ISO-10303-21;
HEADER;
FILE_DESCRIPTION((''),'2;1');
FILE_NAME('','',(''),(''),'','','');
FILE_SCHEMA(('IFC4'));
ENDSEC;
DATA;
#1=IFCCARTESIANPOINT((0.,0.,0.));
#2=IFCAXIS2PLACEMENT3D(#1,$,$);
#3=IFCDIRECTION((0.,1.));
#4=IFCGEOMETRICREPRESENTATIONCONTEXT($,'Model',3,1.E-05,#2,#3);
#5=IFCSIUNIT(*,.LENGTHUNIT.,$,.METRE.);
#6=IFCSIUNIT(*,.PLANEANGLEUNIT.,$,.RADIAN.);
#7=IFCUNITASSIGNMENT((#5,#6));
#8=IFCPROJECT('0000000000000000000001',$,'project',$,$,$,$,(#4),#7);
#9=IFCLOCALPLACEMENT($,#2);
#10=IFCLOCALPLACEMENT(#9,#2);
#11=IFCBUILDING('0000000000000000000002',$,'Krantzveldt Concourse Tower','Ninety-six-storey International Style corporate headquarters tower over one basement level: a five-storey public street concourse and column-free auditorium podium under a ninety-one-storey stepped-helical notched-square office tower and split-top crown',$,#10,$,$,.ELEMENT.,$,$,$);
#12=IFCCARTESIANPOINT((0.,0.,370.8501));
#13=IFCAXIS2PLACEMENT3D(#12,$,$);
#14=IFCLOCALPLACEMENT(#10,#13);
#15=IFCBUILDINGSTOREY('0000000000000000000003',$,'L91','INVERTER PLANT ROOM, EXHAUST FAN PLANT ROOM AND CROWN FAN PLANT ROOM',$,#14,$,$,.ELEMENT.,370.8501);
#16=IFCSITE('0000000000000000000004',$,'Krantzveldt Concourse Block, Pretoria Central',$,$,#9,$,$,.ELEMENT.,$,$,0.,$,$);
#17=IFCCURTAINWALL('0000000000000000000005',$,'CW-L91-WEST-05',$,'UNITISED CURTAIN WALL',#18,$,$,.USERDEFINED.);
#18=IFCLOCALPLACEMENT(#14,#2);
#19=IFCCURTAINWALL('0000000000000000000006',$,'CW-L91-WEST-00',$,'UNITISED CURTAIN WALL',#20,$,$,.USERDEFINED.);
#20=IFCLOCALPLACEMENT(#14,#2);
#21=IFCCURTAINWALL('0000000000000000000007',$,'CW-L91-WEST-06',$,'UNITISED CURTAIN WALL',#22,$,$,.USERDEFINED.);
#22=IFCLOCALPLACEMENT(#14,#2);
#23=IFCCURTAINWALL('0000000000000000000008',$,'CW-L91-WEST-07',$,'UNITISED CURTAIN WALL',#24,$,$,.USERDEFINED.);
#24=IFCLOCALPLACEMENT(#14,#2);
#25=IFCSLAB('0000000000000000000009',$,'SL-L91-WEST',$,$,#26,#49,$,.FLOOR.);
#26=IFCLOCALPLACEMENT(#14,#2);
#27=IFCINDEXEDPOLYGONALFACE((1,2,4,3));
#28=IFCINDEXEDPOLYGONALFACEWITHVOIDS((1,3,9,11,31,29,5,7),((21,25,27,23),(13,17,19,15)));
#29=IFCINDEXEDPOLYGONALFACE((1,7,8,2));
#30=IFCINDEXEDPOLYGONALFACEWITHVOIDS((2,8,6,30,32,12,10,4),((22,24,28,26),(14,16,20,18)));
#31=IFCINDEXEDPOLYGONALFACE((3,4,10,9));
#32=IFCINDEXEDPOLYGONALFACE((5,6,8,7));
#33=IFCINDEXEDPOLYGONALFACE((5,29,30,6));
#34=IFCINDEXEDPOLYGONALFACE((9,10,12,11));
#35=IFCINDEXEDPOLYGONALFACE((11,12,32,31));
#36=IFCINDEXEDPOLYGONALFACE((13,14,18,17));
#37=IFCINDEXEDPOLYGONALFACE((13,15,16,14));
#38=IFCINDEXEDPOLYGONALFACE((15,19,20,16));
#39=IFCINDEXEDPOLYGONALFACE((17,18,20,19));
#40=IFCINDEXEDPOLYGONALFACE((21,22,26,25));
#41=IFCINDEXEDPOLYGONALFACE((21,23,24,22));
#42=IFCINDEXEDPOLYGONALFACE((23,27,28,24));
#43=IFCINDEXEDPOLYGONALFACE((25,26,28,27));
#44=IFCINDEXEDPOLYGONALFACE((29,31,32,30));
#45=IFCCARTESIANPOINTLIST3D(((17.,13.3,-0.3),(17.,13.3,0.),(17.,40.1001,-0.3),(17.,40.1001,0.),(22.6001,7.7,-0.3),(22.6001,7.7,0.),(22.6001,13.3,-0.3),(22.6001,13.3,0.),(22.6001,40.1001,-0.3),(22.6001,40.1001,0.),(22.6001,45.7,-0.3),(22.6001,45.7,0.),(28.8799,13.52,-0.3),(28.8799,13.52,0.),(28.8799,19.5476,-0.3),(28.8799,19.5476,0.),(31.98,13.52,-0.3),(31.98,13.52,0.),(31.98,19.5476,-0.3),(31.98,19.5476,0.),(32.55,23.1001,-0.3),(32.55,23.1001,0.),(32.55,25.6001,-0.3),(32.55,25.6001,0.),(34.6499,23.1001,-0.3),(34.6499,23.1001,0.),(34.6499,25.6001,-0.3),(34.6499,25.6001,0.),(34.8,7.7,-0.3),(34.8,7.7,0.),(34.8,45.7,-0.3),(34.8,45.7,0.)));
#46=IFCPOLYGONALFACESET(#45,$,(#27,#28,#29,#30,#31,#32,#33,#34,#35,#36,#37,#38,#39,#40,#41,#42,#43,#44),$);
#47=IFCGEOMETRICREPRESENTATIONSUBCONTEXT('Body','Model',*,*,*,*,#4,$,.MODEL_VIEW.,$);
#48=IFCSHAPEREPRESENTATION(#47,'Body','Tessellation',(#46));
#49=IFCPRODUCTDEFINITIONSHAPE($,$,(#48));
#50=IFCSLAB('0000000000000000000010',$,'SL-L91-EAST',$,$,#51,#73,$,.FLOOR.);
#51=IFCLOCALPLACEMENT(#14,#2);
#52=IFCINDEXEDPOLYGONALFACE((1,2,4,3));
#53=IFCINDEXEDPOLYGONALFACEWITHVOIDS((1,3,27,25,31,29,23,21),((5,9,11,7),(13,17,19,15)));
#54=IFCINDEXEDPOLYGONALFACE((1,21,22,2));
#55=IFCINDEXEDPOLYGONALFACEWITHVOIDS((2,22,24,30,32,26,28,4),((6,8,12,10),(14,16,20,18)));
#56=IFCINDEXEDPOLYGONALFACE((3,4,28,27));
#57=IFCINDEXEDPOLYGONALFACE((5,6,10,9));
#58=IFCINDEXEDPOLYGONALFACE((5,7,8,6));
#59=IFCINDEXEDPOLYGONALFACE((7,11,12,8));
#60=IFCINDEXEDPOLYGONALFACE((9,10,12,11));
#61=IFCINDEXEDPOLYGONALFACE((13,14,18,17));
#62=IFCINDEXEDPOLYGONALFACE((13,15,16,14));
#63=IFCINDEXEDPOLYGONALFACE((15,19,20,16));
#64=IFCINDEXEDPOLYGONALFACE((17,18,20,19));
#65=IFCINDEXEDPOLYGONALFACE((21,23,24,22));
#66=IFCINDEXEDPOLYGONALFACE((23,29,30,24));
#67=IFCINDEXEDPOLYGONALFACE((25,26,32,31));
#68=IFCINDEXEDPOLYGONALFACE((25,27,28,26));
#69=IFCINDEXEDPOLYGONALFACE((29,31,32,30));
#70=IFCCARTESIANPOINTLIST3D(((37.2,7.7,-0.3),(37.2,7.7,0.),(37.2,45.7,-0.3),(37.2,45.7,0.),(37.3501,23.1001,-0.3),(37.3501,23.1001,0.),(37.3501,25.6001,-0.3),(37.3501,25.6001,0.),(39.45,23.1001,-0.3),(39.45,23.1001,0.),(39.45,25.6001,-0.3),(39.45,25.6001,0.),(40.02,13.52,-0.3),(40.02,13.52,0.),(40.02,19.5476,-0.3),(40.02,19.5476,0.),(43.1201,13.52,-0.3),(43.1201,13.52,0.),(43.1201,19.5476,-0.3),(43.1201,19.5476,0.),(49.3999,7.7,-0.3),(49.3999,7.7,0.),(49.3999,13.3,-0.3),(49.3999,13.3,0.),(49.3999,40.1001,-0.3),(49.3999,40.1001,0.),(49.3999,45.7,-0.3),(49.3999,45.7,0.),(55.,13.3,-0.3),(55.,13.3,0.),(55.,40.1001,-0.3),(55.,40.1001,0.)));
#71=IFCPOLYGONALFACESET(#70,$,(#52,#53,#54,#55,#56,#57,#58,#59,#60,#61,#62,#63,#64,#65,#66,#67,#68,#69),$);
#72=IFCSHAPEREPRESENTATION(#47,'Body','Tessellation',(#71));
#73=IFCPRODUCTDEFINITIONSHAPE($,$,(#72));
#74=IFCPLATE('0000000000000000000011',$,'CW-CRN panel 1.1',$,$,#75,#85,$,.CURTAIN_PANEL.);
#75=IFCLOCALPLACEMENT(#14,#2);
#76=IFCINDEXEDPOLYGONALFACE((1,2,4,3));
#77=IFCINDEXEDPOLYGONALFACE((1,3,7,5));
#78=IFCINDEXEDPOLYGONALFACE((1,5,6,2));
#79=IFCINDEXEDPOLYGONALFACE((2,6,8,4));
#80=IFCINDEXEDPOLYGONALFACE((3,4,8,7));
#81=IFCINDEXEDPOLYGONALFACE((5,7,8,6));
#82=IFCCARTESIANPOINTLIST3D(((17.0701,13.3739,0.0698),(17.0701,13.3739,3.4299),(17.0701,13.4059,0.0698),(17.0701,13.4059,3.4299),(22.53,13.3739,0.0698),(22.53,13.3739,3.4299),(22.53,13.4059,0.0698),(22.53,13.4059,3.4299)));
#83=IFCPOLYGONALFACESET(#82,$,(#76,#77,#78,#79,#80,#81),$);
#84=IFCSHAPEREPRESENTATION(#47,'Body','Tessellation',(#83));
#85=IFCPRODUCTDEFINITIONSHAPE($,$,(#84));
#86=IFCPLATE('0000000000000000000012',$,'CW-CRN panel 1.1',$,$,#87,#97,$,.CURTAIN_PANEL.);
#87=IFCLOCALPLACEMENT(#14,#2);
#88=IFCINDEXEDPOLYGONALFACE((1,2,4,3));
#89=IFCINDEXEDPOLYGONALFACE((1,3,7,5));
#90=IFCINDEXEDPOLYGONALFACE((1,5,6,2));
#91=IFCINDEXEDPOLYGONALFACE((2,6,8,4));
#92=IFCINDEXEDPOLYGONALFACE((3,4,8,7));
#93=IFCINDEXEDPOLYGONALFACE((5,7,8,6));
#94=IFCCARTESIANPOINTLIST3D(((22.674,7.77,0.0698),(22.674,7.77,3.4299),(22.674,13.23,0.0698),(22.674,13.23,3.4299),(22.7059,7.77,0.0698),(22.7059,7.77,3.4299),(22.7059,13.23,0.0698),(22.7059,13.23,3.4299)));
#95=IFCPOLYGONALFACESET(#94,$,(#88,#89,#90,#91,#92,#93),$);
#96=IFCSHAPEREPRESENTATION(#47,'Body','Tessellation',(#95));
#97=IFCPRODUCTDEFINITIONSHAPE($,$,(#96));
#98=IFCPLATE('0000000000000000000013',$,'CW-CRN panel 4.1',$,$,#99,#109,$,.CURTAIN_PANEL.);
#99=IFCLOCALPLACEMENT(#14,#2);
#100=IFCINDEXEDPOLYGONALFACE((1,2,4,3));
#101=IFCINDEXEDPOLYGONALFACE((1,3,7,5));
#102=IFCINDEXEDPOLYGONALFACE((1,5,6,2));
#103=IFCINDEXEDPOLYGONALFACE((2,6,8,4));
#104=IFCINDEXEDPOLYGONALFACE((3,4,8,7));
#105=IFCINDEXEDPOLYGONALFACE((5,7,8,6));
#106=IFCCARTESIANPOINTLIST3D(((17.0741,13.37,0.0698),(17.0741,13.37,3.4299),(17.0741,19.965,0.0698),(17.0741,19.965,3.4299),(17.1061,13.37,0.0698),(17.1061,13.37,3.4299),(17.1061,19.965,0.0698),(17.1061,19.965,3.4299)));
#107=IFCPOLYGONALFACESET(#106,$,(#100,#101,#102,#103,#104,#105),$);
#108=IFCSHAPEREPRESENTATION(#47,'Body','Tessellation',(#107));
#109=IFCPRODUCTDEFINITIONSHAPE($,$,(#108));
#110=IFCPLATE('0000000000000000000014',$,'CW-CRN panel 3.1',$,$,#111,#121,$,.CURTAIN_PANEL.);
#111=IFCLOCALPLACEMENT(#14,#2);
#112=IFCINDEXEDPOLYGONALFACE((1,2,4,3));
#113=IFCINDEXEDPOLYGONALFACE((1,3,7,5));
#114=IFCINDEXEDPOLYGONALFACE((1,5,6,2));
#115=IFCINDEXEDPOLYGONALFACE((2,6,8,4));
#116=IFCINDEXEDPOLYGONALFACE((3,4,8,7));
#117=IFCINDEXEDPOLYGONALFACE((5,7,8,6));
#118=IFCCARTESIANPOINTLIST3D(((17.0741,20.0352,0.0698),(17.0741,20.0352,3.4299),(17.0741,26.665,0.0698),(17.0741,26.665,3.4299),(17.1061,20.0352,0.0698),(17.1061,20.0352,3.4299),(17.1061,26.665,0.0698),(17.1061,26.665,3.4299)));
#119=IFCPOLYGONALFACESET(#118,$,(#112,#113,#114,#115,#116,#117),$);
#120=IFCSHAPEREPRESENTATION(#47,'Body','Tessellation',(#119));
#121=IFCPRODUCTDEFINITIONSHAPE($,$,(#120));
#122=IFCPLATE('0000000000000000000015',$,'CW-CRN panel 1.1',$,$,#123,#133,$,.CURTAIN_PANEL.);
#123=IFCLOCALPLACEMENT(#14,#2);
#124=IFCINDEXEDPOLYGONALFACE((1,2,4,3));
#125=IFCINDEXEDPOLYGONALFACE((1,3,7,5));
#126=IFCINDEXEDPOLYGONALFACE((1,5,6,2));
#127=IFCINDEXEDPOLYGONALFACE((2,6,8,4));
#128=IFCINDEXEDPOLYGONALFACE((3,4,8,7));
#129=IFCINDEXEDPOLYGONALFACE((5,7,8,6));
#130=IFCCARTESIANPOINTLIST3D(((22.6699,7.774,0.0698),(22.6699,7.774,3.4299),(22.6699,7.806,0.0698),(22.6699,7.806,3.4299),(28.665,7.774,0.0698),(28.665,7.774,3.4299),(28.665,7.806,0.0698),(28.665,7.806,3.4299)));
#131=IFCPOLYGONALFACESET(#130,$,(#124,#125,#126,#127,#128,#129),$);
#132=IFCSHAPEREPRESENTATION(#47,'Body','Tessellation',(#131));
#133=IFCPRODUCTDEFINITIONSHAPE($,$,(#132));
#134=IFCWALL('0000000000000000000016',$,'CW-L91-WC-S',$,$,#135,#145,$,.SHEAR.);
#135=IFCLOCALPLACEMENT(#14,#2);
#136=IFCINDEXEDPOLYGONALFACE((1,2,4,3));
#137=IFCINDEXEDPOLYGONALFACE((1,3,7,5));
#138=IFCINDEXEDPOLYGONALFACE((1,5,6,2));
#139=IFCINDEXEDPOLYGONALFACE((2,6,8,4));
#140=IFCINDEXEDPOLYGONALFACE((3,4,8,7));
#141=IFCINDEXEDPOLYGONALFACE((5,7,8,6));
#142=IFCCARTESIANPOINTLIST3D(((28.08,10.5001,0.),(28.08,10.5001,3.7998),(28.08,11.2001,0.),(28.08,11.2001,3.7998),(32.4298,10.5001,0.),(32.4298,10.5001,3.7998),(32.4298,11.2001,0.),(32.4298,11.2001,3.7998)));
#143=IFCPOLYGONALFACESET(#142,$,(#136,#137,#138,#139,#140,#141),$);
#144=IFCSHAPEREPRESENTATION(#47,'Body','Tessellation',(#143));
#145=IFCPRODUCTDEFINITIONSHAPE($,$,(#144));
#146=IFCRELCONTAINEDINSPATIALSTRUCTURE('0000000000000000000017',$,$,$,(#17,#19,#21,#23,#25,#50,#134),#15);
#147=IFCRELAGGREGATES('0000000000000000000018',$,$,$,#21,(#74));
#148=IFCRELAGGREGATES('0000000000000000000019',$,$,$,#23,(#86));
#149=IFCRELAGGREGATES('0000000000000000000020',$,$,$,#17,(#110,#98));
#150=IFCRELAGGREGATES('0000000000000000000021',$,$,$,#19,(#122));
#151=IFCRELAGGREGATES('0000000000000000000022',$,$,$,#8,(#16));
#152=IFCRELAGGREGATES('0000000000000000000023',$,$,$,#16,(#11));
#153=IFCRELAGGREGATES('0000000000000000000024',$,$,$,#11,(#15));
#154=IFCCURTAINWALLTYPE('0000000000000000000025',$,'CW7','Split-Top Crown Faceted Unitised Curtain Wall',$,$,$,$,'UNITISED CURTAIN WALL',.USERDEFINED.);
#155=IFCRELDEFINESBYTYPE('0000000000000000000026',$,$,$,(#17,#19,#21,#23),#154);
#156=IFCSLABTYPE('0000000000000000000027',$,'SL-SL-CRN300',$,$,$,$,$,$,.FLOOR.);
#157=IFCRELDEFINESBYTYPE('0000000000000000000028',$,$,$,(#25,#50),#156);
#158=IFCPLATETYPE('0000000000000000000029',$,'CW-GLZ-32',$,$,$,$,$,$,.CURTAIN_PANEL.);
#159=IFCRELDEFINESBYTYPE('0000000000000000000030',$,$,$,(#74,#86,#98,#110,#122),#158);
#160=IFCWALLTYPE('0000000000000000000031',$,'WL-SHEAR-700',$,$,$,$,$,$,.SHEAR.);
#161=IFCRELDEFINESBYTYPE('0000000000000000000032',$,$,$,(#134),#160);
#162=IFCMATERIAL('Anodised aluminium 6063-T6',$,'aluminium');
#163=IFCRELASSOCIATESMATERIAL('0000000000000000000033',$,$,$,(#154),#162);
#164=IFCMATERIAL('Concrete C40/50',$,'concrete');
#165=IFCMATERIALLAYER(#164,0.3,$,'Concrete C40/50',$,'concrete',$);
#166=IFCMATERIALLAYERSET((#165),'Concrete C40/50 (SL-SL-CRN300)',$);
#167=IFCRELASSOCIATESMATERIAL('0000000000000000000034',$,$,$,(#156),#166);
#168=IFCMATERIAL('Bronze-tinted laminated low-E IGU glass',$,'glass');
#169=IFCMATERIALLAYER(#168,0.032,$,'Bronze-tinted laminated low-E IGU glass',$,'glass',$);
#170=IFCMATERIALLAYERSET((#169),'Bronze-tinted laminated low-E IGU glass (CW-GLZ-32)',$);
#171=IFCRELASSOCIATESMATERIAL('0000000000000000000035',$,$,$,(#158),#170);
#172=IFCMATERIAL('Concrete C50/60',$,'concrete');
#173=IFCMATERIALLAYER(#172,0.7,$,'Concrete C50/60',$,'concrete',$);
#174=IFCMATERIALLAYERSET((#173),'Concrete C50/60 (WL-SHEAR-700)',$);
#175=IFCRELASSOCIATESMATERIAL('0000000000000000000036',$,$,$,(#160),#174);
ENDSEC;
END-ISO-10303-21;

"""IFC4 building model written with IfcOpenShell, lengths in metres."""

from ifc_helpers import new_model, si_unit, direction, frame, frame_2d, origin, origin_2d, place, context, subcontext, project, spatial, polyline, rectangle, outline, extrude, source, transform, mapped, material, layer, layer_set, type_object, type_shapes, element, aggregate, save


model = new_model("IFC4")

# Units and contexts
model_context = context("Model", 3, precision=1e-05, world=origin(), true_north=direction((0.0, 1.0)))
body_context = subcontext(model_context, "Body", "Model", "MODEL_VIEW")
ifc_project = project(units=[si_unit("LENGTHUNIT", "METRE"), si_unit("PLANEANGLEUNIT", "RADIAN")], contexts=[model_context])

# Site, building, storey
site_placement = place(None, origin())
site = spatial("IfcSite", under=ifc_project, at=site_placement, Name="Krantzveldt Concourse Block, Pretoria Central", CompositionType="ELEMENT", RefElevation=0.0)
building_placement = place(site_placement, origin())
building = spatial("IfcBuilding", under=site, at=building_placement, Name="Krantzveldt Concourse Tower", Description="Ninety-six-storey International Style corporate headquarters tower over one basement level: a five-storey public street concourse and column-free auditorium podium under a ninety-one-storey stepped-helical notched-square office tower and split-top crown", CompositionType="ELEMENT")
storey_placement = place(building_placement, frame((0.0, 0.0, 370.8501)))
storey = spatial("IfcBuildingStorey", under=building, at=storey_placement, Name="L91", Description="INVERTER PLANT ROOM, EXHAUST FAN PLANT ROOM AND CROWN FAN PLANT ROOM", CompositionType="ELEMENT", Elevation=370.8501)

# Shared definitions
ifc_material_1 = material(Name="Concrete C50/60", Category="concrete")

# Curtain wall
ifc_material_2 = material(Name="Anodised aluminium 6063-T6", Category="aluminium")
curtain_wall_type = type_object("IfcCurtainWallType", Name="CW7", Description="Split-Top Crown Faceted Unitised Curtain Wall", ElementType="UNITISED CURTAIN WALL", PredefinedType="USERDEFINED", material=ifc_material_2)
curtain_wall_1_placement = place(storey_placement, origin())
curtain_wall_1 = element("IfcCurtainWall", 1, at=curtain_wall_1_placement, inside=storey, type_object=curtain_wall_type, Name="CW-L91-WEST-05", ObjectType="UNITISED CURTAIN WALL", PredefinedType="USERDEFINED")

# Curtain wall
curtain_wall_2_placement = place(storey_placement, origin())
curtain_wall_2 = element("IfcCurtainWall", 2, at=curtain_wall_2_placement, inside=storey, type_object=curtain_wall_type, Name="CW-L91-WEST-00", ObjectType="UNITISED CURTAIN WALL", PredefinedType="USERDEFINED")

# Curtain walls
curtain_wall_3_placement = place(storey_placement, origin())
curtain_wall_3 = element("IfcCurtainWall", 3, at=curtain_wall_3_placement, inside=storey, type_object=curtain_wall_type, Name="CW-L91-WEST-06", ObjectType="UNITISED CURTAIN WALL", PredefinedType="USERDEFINED")
curtain_wall_4_placement = place(storey_placement, origin())
curtain_wall_4 = element("IfcCurtainWall", 4, at=curtain_wall_4_placement, inside=storey, type_object=curtain_wall_type, Name="CW-L91-WEST-07", ObjectType="UNITISED CURTAIN WALL", PredefinedType="USERDEFINED")

# Slabs
ifc_material_3 = material(Name="Concrete C40/50", Category="concrete")
ifc_layer_1 = layer(ifc_material_3, 0.3, Name="Concrete C40/50", Category="concrete")
ifc_layer_set_1 = layer_set([ifc_layer_1], Name="Concrete C40/50 (SL-SL-CRN300)")
slab_type_1 = type_object("IfcSlabType", Name="SL-SL-CRN300", PredefinedType="FLOOR", material=ifc_layer_set_1)
slab_1_placement = place(storey_placement, frame((0.0, 0.0, -0.3)))
element("IfcSlab", 5, at=slab_1_placement, inside=storey, type_object=slab_type_1, Name="SL-L91-WEST", PredefinedType="FLOOR", context=body_context, shape_type="SweptSolid", body=[
    extrude(outline(polyline([(22.6001, 7.7), (34.8, 7.7), (34.8, 45.7), (22.6001, 45.7), (22.6001, 40.1001), (17.0, 40.1001), (17.0, 13.3), (22.6001, 13.3), (22.6001, 7.7)]), holes=[polyline([(28.8799, 19.5476), (28.8799, 13.52), (31.98, 13.52), (31.98, 19.5476), (28.8799, 19.5476)]), polyline([(32.55, 23.1001), (34.6499, 23.1001), (34.6499, 25.6001), (32.55, 25.6001), (32.55, 23.1001)])]), origin(), (0.0, 0.0, 1.0), 0.3),
])
slab_2_placement = place(storey_placement, frame((0.0, 0.0, -0.3)))
element("IfcSlab", 6, at=slab_2_placement, inside=storey, type_object=slab_type_1, Name="SL-L91-EAST", PredefinedType="FLOOR", context=body_context, shape_type="SweptSolid", body=[
    extrude(outline(polyline([(37.2, 7.7), (49.3999, 7.7), (49.3999, 13.3), (55.0, 13.3), (55.0, 40.1001), (49.3999, 40.1001), (49.3999, 45.7), (37.2, 45.7), (37.2, 7.7)]), holes=[polyline([(40.02, 19.5476), (40.02, 13.52), (43.1201, 13.52), (43.1201, 19.5476), (40.02, 19.5476)]), polyline([(37.3501, 23.1001), (39.45, 23.1001), (39.45, 25.6001), (37.3501, 25.6001), (37.3501, 23.1001)])]), origin(), (0.0, 0.0, 1.0), 0.3),
])

# Plates
ifc_material_4 = material(Name="Bronze-tinted laminated low-E IGU glass", Category="glass")
ifc_layer_2 = layer(ifc_material_4, 0.032, Name="Bronze-tinted laminated low-E IGU glass", Category="glass")
ifc_layer_set_2 = layer_set([ifc_layer_2], Name="Bronze-tinted laminated low-E IGU glass (CW-GLZ-32)")
plate_type = type_object("IfcPlateType", Name="CW-GLZ-32", PredefinedType="CURTAIN_PANEL", material=ifc_layer_set_2)
shared_shape_1 = source(origin(), body_context, "Body", "SweptSolid", [
    extrude(rectangle(XDim=5.46, YDim=0.032, at=origin_2d()), origin(), (0.0, 0.0, 1.0), 3.3601),
])
plate_1_placement = place(storey_placement, frame((19.8, 13.3899, 0.0698), z_axis=(0.0, 0.0, 1.0), x_axis=(1.0, 0.0, 0.0)))
plate_1 = element("IfcPlate", 7, at=plate_1_placement, type_object=plate_type, Name="CW-CRN panel 1.1", PredefinedType="CURTAIN_PANEL", context=body_context, shape_type="MappedRepresentation", body=[
    mapped(shared_shape_1, transform((0.0, 0.0, 0.0), x_axis=(1.0, 0.0, 0.0), y_axis=(0.0, 1.0, 0.0), z_axis=(0.0, 0.0, 1.0), scale=1.0)),
])
aggregate(curtain_wall_3, [plate_1])
plate_2_placement = place(storey_placement, frame((22.6899, 10.5, 0.0698), z_axis=(0.0, 0.0, 1.0), x_axis=(0.0, -1.0, 0.0)))
plate_2 = element("IfcPlate", 8, at=plate_2_placement, type_object=plate_type, Name="CW-CRN panel 1.1", PredefinedType="CURTAIN_PANEL", context=body_context, shape_type="MappedRepresentation", body=[
    mapped(shared_shape_1, transform((0.0, 0.0, 0.0), x_axis=(1.0, 0.0, 0.0), y_axis=(0.0, 1.0, 0.0), z_axis=(0.0, 0.0, 1.0), scale=1.0)),
])
aggregate(curtain_wall_4, [plate_2])
shared_shape_2 = source(origin(), body_context, "Body", "SweptSolid", [
    extrude(rectangle(XDim=6.595, YDim=0.032, at=origin_2d()), origin(), (0.0, 0.0, 1.0), 3.3601),
])
plate_3_placement = place(storey_placement, frame((17.0901, 16.6675, 0.0698), z_axis=(0.0, 0.0, 1.0), x_axis=(0.0, -1.0, 0.0)))
plate_3 = element("IfcPlate", 9, at=plate_3_placement, type_object=plate_type, Name="CW-CRN panel 4.1", PredefinedType="CURTAIN_PANEL", context=body_context, shape_type="MappedRepresentation", body=[
    mapped(shared_shape_2, transform((0.0, 0.0, 0.0), x_axis=(1.0, 0.0, 0.0), y_axis=(0.0, 1.0, 0.0), z_axis=(0.0, 0.0, 1.0), scale=1.0)),
])
shared_shape_3 = source(origin(), body_context, "Body", "SweptSolid", [
    extrude(rectangle(XDim=6.6299, YDim=0.032, at=origin_2d()), origin(), (0.0, 0.0, 1.0), 3.3601),
])
plate_4_placement = place(storey_placement, frame((17.0901, 23.3501, 0.0698), z_axis=(0.0, 0.0, 1.0), x_axis=(0.0, -1.0, 0.0)))
plate_4 = element("IfcPlate", 10, at=plate_4_placement, type_object=plate_type, Name="CW-CRN panel 3.1", PredefinedType="CURTAIN_PANEL", context=body_context, shape_type="MappedRepresentation", body=[
    mapped(shared_shape_3, transform((0.0, 0.0, 0.0), x_axis=(1.0, 0.0, 0.0), y_axis=(0.0, 1.0, 0.0), z_axis=(0.0, 0.0, 1.0), scale=1.0)),
])
aggregate(curtain_wall_1, [plate_4, plate_3])
shared_shape_4 = source(origin(), body_context, "Body", "SweptSolid", [
    extrude(rectangle(XDim=5.9951, YDim=0.032, at=origin_2d()), origin(), (0.0, 0.0, 1.0), 3.3601),
])
type_shapes(plate_type, [shared_shape_1, shared_shape_2, shared_shape_3, shared_shape_4])
plate_5_placement = place(storey_placement, frame((25.6675, 7.79, 0.0698), z_axis=(0.0, 0.0, 1.0), x_axis=(1.0, 0.0, 0.0)))
plate_5 = element("IfcPlate", 11, at=plate_5_placement, type_object=plate_type, Name="CW-CRN panel 1.1", PredefinedType="CURTAIN_PANEL", context=body_context, shape_type="MappedRepresentation", body=[
    mapped(shared_shape_4, transform((0.0, 0.0, 0.0), x_axis=(1.0, 0.0, 0.0), y_axis=(0.0, 1.0, 0.0), z_axis=(0.0, 0.0, 1.0), scale=1.0)),
])
aggregate(curtain_wall_2, [plate_5])

# Wall
ifc_layer_3 = layer(ifc_material_1, 0.7, Name="Concrete C50/60", Category="concrete")
ifc_layer_set_3 = layer_set([ifc_layer_3], Name="Concrete C50/60 (WL-SHEAR-700)")
wall_type = type_object("IfcWallType", Name="WL-SHEAR-700", PredefinedType="SHEAR", material=ifc_layer_set_3)
wall_placement = place(storey_placement, frame((28.0801, 10.8501, 0.0), z_axis=(0.0, 0.0, 1.0), x_axis=(1.0, 0.0, 0.0)))
element("IfcWall", 12, at=wall_placement, inside=storey, type_object=wall_type, Name="CW-L91-WC-S", PredefinedType="SHEAR", context=body_context, shape_type="SweptSolid", body=[
    extrude(rectangle(XDim=4.3499, YDim=0.7, at=frame_2d((2.1748, 0.0))), origin(), (0.0, 0.0, 1.0), 3.7998),
])

save(model, "model.ifc")
